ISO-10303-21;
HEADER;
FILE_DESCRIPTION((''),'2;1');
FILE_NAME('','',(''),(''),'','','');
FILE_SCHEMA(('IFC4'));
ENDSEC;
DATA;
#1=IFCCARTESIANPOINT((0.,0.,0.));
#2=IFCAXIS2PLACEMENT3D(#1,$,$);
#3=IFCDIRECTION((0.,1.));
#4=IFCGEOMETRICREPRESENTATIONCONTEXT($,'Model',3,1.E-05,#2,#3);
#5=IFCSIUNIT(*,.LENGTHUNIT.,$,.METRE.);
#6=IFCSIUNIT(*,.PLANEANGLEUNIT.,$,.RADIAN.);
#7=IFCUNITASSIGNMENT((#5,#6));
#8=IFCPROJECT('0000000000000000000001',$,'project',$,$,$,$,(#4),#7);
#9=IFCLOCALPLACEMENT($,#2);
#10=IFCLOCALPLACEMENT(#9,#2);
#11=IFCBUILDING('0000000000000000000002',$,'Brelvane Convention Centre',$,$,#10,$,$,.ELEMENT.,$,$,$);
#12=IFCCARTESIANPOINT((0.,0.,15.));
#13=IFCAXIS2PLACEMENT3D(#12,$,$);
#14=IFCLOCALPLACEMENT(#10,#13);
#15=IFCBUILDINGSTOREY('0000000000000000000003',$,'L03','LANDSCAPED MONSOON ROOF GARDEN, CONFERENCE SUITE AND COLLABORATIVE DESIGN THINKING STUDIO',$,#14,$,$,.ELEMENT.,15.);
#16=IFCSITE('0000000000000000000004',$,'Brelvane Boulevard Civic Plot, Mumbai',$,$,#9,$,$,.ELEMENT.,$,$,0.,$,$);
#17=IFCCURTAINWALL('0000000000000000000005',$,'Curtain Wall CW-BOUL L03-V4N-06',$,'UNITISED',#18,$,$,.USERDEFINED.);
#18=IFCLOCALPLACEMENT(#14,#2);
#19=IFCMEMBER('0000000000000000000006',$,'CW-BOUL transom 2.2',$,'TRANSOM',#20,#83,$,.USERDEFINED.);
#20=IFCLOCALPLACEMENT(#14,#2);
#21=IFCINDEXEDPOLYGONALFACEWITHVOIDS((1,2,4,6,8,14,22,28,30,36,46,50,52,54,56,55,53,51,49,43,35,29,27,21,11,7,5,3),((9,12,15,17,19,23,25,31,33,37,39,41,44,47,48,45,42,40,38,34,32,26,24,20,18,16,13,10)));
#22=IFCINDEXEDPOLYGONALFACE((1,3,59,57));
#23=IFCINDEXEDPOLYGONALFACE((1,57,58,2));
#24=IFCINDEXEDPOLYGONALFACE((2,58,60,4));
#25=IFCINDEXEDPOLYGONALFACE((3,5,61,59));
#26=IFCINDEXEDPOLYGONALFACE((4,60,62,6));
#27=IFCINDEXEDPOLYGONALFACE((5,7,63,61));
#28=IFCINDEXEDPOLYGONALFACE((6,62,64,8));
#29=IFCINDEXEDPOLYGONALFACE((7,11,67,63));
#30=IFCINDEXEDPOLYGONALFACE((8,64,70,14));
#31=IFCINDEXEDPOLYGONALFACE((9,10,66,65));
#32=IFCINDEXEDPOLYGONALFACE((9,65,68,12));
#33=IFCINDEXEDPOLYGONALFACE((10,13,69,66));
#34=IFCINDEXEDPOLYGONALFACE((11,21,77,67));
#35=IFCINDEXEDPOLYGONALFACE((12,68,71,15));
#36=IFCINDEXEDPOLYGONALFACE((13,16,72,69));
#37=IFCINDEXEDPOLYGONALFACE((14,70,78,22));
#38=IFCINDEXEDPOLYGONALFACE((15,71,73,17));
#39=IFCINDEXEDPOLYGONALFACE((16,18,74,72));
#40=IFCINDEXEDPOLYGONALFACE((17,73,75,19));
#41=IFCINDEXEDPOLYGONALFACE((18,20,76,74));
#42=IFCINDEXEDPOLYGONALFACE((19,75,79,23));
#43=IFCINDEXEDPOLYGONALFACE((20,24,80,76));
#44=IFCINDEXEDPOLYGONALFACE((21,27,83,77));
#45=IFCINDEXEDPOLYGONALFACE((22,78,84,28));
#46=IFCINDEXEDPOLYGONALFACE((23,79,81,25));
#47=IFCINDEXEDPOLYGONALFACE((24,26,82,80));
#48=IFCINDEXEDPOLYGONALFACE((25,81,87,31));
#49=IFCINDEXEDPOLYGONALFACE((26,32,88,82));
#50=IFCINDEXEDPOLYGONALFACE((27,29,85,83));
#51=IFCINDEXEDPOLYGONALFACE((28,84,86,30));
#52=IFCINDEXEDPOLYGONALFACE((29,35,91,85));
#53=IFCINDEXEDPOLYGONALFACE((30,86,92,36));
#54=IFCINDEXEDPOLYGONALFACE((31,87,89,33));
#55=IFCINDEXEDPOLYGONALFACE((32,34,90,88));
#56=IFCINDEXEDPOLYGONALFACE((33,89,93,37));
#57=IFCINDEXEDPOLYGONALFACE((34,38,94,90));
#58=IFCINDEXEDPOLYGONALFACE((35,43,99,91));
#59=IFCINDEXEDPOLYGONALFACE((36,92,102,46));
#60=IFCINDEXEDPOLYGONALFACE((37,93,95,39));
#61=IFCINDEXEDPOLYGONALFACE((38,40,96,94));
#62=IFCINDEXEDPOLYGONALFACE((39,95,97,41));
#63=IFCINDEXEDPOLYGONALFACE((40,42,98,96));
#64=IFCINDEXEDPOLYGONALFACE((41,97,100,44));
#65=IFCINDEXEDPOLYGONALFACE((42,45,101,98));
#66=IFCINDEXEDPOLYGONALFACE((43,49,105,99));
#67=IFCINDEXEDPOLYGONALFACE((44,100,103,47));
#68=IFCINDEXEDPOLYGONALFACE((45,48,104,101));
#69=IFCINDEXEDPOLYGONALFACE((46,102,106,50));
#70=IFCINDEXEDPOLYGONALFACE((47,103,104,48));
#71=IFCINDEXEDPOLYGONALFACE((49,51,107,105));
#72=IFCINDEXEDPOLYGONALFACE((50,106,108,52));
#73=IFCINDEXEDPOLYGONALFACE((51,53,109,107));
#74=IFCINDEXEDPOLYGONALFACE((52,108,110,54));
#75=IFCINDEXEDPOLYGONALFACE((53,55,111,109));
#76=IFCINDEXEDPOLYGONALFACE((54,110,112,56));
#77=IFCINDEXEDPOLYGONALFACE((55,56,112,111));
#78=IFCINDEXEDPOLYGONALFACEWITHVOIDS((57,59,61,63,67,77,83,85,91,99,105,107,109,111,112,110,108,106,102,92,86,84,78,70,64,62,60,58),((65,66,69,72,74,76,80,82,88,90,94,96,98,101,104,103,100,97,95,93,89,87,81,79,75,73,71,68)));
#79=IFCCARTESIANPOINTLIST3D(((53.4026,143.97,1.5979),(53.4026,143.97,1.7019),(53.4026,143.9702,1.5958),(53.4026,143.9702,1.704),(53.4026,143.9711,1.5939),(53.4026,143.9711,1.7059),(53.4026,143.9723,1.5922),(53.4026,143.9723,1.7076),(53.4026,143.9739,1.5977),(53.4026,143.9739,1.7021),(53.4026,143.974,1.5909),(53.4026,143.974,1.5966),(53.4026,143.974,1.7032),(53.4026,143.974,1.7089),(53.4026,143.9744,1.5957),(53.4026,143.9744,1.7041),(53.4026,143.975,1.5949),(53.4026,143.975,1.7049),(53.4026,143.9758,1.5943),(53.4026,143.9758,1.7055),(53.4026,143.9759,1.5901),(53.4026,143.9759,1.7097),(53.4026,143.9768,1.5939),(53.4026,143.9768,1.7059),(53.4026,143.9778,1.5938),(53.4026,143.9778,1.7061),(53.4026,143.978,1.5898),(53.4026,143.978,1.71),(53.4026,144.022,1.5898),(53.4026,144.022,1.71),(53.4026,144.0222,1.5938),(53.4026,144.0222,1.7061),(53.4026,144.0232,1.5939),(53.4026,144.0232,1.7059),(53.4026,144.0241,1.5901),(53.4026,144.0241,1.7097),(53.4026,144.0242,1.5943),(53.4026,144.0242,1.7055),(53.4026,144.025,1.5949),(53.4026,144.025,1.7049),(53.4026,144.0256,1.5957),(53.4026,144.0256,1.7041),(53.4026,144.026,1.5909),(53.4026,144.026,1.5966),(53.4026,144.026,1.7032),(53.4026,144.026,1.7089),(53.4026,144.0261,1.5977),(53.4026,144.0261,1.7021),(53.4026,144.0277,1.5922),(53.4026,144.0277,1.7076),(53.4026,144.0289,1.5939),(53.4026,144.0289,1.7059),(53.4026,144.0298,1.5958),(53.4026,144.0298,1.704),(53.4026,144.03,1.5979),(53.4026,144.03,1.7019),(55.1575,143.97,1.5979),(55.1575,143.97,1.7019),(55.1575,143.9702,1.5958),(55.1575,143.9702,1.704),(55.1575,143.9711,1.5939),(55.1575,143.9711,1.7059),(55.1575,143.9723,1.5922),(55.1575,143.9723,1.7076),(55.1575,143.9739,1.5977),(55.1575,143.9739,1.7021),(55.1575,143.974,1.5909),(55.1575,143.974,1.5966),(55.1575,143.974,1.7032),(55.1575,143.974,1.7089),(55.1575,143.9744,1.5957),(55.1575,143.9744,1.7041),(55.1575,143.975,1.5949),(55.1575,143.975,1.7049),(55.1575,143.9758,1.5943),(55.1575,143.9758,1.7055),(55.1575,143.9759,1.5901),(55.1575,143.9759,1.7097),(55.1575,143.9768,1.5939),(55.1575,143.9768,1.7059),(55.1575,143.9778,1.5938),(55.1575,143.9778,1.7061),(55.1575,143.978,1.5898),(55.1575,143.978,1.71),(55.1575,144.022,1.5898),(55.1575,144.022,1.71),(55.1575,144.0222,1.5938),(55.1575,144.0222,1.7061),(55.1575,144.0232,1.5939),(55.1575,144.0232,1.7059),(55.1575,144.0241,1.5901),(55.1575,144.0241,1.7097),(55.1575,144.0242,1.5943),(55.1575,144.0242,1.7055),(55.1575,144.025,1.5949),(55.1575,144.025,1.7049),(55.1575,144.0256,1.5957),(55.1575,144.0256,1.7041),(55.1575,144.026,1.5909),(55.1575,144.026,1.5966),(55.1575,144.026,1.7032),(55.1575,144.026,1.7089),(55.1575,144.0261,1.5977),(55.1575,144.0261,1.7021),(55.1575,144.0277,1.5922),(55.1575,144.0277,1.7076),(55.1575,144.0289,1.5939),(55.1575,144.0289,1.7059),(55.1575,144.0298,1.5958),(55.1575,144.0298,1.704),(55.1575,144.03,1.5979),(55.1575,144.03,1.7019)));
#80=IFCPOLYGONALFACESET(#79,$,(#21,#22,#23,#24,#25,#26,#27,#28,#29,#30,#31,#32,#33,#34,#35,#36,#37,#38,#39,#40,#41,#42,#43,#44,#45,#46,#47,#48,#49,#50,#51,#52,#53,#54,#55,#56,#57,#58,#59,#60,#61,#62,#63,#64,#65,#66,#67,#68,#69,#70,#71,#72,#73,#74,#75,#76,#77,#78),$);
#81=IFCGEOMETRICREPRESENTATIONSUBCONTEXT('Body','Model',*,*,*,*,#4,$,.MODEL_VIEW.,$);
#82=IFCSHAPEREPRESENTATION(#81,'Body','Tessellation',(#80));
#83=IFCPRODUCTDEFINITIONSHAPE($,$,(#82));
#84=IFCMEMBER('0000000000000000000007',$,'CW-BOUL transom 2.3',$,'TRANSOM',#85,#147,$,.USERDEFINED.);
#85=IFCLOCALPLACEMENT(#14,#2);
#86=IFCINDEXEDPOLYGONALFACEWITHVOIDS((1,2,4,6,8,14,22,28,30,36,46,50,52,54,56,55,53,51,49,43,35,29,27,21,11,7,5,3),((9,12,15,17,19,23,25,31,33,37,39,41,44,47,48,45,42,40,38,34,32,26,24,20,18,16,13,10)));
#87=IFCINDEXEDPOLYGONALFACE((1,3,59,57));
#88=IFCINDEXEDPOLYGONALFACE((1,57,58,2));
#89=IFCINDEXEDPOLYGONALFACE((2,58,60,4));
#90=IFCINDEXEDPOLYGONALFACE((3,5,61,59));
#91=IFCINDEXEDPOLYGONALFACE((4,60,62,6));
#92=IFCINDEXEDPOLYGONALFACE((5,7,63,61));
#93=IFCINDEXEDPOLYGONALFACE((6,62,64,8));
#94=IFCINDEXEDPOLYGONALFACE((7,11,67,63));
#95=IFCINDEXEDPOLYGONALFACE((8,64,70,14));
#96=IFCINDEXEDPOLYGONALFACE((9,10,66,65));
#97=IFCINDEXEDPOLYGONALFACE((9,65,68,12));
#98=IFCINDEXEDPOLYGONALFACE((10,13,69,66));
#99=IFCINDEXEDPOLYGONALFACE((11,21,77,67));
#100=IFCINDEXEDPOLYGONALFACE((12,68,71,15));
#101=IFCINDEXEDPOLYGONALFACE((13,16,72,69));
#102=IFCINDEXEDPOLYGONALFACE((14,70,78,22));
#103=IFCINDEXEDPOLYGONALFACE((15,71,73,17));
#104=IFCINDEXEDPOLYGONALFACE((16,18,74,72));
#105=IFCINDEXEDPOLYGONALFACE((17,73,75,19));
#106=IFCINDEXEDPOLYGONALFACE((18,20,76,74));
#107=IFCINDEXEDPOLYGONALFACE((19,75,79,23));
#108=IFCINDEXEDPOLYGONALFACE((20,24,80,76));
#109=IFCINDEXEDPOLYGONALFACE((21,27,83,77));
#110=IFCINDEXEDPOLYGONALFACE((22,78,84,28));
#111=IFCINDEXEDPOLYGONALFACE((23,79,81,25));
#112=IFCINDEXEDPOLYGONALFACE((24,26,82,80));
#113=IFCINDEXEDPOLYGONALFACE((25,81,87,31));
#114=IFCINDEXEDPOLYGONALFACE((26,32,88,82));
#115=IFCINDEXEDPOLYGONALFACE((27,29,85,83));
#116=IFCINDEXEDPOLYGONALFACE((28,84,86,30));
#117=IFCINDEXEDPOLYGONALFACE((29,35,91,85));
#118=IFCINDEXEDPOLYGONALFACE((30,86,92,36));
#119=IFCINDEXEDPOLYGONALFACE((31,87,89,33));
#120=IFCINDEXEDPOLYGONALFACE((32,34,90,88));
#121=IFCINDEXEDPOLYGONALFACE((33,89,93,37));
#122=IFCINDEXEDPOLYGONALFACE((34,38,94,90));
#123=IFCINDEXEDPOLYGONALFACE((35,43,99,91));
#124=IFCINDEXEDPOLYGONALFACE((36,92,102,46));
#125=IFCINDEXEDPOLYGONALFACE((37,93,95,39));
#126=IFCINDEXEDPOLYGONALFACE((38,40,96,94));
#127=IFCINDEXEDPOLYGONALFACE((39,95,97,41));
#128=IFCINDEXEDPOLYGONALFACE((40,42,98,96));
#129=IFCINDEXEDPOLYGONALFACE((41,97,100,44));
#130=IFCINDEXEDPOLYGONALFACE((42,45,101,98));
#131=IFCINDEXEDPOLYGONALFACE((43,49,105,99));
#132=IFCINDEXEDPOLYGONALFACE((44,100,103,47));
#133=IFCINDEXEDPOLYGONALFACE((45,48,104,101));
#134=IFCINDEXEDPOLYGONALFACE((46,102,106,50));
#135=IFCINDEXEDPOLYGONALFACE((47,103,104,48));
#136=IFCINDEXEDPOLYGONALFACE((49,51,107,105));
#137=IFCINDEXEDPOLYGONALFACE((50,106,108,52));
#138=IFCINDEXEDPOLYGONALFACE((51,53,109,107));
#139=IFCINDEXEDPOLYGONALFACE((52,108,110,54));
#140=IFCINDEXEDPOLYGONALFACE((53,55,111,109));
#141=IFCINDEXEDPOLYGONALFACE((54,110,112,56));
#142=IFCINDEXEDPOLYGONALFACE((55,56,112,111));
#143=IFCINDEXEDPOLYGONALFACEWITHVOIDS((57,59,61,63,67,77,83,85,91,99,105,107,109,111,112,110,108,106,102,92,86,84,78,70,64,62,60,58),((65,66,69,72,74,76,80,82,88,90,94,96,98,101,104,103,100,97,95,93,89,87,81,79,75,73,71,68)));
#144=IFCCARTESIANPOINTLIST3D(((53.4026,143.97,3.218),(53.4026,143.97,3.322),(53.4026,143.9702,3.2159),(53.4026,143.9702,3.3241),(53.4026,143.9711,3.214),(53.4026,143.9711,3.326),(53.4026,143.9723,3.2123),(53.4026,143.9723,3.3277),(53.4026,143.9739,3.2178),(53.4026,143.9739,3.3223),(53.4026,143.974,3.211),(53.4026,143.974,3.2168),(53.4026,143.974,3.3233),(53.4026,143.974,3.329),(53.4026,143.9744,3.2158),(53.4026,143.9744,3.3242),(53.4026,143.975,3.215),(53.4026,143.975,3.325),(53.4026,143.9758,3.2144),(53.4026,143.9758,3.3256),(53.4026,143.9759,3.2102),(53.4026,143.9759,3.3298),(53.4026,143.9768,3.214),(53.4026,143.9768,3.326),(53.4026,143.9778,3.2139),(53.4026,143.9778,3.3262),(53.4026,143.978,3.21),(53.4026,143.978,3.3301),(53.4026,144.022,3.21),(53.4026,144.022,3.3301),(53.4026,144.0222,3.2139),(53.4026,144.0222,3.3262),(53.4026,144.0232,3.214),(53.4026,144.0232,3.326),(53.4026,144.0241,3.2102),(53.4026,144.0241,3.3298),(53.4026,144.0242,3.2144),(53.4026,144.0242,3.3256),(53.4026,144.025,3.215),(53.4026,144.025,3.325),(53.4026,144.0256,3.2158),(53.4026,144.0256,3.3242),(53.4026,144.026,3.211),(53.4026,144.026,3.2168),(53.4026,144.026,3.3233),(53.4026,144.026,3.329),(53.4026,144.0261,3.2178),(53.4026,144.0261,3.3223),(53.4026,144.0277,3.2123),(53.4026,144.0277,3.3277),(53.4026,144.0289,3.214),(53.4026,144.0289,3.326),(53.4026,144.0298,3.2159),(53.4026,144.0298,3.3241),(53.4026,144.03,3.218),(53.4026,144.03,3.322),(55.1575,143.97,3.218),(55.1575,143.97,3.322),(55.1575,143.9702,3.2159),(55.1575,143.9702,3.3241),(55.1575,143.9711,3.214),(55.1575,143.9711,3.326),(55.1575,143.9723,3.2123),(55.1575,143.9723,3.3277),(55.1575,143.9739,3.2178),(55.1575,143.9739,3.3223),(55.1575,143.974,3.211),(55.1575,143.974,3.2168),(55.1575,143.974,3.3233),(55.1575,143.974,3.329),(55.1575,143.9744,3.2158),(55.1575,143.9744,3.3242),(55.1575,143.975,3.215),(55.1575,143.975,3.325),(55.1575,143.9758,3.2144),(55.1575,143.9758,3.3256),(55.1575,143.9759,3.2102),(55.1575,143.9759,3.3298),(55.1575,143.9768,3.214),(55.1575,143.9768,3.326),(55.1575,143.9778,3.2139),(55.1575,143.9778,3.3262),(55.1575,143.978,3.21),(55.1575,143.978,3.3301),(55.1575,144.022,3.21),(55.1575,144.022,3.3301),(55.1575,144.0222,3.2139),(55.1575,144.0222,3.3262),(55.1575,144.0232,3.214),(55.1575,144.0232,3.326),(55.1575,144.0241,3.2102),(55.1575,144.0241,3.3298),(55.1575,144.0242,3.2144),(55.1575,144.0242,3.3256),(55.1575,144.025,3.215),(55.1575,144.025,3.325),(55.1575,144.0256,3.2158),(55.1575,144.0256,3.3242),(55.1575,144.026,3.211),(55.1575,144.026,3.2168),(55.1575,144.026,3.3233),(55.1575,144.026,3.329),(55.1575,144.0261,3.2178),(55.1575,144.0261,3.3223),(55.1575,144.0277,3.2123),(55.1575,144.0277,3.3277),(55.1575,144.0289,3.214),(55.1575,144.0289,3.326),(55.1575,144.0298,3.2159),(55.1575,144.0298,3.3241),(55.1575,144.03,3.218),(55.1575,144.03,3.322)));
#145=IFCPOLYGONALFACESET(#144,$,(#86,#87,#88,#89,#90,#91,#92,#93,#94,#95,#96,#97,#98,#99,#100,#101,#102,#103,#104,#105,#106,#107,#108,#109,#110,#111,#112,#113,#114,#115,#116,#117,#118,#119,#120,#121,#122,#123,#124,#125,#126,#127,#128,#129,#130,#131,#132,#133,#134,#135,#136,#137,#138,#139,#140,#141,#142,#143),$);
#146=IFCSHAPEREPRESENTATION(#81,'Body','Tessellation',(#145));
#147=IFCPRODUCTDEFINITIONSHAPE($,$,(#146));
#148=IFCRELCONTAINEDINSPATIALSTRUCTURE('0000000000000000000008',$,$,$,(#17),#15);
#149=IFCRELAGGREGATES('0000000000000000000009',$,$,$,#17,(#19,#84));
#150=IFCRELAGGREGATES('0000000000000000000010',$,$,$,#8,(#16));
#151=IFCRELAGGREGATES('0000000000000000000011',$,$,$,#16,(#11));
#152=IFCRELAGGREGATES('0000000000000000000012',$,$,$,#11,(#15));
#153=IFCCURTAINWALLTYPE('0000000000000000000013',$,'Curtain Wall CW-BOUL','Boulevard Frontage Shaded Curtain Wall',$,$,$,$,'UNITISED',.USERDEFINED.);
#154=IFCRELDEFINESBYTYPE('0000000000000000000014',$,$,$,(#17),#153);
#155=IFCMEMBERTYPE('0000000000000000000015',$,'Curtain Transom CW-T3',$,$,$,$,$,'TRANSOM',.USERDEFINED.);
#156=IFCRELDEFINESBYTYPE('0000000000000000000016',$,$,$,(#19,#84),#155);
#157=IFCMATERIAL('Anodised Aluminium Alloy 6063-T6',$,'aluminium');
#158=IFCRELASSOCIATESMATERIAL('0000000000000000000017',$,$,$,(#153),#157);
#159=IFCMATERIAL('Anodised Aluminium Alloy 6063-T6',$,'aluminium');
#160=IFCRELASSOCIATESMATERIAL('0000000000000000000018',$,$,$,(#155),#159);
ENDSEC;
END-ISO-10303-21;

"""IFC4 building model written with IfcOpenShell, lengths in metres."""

from ifc_helpers import new_model, si_unit, direction, frame, origin, origin_2d, place, context, subcontext, project, spatial, hollow_rectangle, extrude, material, material_profile, profile_set, type_object, element, aggregate, save


model = new_model("IFC4")

# Units and contexts
model_context = context("Model", 3, precision=1e-05, world=origin(), true_north=direction((0.0, 1.0)))
body_context = subcontext(model_context, "Body", "Model", "MODEL_VIEW")
ifc_project = project(units=[si_unit("LENGTHUNIT", "METRE"), si_unit("PLANEANGLEUNIT", "RADIAN")], contexts=[model_context])

# Site, building, storey
site_placement = place(None, origin())
site = spatial("IfcSite", under=ifc_project, at=site_placement, Name="Brelvane Boulevard Civic Plot, Mumbai", CompositionType="ELEMENT", RefElevation=0.0)
building_placement = place(site_placement, origin())
building = spatial("IfcBuilding", under=site, at=building_placement, Name="Brelvane Convention Centre", CompositionType="ELEMENT")
storey_placement = place(building_placement, frame((0.0, 0.0, 15.0)))
storey = spatial("IfcBuildingStorey", under=building, at=storey_placement, Name="L03", Description="LANDSCAPED MONSOON ROOF GARDEN, CONFERENCE SUITE AND COLLABORATIVE DESIGN THINKING STUDIO", CompositionType="ELEMENT", Elevation=15.0)

# Curtain wall, members
ifc_material_1 = material(Name="Anodised Aluminium Alloy 6063-T6", Category="aluminium")
curtain_wall_type = type_object("IfcCurtainWallType", Name="Curtain Wall CW-BOUL", Description="Boulevard Frontage Shaded Curtain Wall", ElementType="UNITISED", PredefinedType="USERDEFINED", material=ifc_material_1)
curtain_wall_placement = place(storey_placement, origin())
curtain_wall = element("IfcCurtainWall", 1, at=curtain_wall_placement, inside=storey, type_object=curtain_wall_type, Name="Curtain Wall CW-BOUL L03-V4N-06", ObjectType="UNITISED", PredefinedType="USERDEFINED")
ifc_material_2 = material(Name="Anodised Aluminium Alloy 6063-T6", Category="aluminium")
ifc_material_profile_1 = material_profile(ifc_material_2, hollow_rectangle(XDim=0.0601, YDim=0.1201, WallThickness=0.0039, InnerFilletRadius=0.0039, OuterFilletRadius=0.0081, at=origin_2d()), Name="ALU-T 120x60x4.0")
ifc_profile_set_1 = profile_set([ifc_material_profile_1], Name="Anodised Aluminium Alloy 6063-T6")
member_type_1 = type_object("IfcMemberType", Name="Curtain Transom CW-T3", ElementType="TRANSOM", PredefinedType="USERDEFINED", material=ifc_profile_set_1)
member_1_placement = place(storey_placement, frame((53.4026, 144.0, 1.6499), z_axis=(1.0, 0.0, 0.0), x_axis=(0.0, 1.0, 0.0)))
member_1 = element("IfcMember", 2, at=member_1_placement, type_object=member_type_1, Name="CW-BOUL transom 2.2", ObjectType="TRANSOM", PredefinedType="USERDEFINED", context=body_context, shape_type="SweptSolid", body=[
    extrude(hollow_rectangle(XDim=0.0601, YDim=0.1201, WallThickness=0.0039, InnerFilletRadius=0.0039, OuterFilletRadius=0.0081, at=origin_2d()), origin(), (0.0, 0.0, 1.0), 1.7549),
])
member_2_placement = place(storey_placement, frame((53.4026, 144.0, 3.27), z_axis=(1.0, 0.0, 0.0), x_axis=(0.0, 1.0, 0.0)))
member_2 = element("IfcMember", 3, at=member_2_placement, type_object=member_type_1, Name="CW-BOUL transom 2.3", ObjectType="TRANSOM", PredefinedType="USERDEFINED", context=body_context, shape_type="SweptSolid", body=[
    extrude(hollow_rectangle(XDim=0.0601, YDim=0.1201, WallThickness=0.0039, InnerFilletRadius=0.0039, OuterFilletRadius=0.0081, at=origin_2d()), origin(), (0.0, 0.0, 1.0), 1.7549),
])

aggregate(curtain_wall, [member_1, member_2])

save(model, "model.ifc")
